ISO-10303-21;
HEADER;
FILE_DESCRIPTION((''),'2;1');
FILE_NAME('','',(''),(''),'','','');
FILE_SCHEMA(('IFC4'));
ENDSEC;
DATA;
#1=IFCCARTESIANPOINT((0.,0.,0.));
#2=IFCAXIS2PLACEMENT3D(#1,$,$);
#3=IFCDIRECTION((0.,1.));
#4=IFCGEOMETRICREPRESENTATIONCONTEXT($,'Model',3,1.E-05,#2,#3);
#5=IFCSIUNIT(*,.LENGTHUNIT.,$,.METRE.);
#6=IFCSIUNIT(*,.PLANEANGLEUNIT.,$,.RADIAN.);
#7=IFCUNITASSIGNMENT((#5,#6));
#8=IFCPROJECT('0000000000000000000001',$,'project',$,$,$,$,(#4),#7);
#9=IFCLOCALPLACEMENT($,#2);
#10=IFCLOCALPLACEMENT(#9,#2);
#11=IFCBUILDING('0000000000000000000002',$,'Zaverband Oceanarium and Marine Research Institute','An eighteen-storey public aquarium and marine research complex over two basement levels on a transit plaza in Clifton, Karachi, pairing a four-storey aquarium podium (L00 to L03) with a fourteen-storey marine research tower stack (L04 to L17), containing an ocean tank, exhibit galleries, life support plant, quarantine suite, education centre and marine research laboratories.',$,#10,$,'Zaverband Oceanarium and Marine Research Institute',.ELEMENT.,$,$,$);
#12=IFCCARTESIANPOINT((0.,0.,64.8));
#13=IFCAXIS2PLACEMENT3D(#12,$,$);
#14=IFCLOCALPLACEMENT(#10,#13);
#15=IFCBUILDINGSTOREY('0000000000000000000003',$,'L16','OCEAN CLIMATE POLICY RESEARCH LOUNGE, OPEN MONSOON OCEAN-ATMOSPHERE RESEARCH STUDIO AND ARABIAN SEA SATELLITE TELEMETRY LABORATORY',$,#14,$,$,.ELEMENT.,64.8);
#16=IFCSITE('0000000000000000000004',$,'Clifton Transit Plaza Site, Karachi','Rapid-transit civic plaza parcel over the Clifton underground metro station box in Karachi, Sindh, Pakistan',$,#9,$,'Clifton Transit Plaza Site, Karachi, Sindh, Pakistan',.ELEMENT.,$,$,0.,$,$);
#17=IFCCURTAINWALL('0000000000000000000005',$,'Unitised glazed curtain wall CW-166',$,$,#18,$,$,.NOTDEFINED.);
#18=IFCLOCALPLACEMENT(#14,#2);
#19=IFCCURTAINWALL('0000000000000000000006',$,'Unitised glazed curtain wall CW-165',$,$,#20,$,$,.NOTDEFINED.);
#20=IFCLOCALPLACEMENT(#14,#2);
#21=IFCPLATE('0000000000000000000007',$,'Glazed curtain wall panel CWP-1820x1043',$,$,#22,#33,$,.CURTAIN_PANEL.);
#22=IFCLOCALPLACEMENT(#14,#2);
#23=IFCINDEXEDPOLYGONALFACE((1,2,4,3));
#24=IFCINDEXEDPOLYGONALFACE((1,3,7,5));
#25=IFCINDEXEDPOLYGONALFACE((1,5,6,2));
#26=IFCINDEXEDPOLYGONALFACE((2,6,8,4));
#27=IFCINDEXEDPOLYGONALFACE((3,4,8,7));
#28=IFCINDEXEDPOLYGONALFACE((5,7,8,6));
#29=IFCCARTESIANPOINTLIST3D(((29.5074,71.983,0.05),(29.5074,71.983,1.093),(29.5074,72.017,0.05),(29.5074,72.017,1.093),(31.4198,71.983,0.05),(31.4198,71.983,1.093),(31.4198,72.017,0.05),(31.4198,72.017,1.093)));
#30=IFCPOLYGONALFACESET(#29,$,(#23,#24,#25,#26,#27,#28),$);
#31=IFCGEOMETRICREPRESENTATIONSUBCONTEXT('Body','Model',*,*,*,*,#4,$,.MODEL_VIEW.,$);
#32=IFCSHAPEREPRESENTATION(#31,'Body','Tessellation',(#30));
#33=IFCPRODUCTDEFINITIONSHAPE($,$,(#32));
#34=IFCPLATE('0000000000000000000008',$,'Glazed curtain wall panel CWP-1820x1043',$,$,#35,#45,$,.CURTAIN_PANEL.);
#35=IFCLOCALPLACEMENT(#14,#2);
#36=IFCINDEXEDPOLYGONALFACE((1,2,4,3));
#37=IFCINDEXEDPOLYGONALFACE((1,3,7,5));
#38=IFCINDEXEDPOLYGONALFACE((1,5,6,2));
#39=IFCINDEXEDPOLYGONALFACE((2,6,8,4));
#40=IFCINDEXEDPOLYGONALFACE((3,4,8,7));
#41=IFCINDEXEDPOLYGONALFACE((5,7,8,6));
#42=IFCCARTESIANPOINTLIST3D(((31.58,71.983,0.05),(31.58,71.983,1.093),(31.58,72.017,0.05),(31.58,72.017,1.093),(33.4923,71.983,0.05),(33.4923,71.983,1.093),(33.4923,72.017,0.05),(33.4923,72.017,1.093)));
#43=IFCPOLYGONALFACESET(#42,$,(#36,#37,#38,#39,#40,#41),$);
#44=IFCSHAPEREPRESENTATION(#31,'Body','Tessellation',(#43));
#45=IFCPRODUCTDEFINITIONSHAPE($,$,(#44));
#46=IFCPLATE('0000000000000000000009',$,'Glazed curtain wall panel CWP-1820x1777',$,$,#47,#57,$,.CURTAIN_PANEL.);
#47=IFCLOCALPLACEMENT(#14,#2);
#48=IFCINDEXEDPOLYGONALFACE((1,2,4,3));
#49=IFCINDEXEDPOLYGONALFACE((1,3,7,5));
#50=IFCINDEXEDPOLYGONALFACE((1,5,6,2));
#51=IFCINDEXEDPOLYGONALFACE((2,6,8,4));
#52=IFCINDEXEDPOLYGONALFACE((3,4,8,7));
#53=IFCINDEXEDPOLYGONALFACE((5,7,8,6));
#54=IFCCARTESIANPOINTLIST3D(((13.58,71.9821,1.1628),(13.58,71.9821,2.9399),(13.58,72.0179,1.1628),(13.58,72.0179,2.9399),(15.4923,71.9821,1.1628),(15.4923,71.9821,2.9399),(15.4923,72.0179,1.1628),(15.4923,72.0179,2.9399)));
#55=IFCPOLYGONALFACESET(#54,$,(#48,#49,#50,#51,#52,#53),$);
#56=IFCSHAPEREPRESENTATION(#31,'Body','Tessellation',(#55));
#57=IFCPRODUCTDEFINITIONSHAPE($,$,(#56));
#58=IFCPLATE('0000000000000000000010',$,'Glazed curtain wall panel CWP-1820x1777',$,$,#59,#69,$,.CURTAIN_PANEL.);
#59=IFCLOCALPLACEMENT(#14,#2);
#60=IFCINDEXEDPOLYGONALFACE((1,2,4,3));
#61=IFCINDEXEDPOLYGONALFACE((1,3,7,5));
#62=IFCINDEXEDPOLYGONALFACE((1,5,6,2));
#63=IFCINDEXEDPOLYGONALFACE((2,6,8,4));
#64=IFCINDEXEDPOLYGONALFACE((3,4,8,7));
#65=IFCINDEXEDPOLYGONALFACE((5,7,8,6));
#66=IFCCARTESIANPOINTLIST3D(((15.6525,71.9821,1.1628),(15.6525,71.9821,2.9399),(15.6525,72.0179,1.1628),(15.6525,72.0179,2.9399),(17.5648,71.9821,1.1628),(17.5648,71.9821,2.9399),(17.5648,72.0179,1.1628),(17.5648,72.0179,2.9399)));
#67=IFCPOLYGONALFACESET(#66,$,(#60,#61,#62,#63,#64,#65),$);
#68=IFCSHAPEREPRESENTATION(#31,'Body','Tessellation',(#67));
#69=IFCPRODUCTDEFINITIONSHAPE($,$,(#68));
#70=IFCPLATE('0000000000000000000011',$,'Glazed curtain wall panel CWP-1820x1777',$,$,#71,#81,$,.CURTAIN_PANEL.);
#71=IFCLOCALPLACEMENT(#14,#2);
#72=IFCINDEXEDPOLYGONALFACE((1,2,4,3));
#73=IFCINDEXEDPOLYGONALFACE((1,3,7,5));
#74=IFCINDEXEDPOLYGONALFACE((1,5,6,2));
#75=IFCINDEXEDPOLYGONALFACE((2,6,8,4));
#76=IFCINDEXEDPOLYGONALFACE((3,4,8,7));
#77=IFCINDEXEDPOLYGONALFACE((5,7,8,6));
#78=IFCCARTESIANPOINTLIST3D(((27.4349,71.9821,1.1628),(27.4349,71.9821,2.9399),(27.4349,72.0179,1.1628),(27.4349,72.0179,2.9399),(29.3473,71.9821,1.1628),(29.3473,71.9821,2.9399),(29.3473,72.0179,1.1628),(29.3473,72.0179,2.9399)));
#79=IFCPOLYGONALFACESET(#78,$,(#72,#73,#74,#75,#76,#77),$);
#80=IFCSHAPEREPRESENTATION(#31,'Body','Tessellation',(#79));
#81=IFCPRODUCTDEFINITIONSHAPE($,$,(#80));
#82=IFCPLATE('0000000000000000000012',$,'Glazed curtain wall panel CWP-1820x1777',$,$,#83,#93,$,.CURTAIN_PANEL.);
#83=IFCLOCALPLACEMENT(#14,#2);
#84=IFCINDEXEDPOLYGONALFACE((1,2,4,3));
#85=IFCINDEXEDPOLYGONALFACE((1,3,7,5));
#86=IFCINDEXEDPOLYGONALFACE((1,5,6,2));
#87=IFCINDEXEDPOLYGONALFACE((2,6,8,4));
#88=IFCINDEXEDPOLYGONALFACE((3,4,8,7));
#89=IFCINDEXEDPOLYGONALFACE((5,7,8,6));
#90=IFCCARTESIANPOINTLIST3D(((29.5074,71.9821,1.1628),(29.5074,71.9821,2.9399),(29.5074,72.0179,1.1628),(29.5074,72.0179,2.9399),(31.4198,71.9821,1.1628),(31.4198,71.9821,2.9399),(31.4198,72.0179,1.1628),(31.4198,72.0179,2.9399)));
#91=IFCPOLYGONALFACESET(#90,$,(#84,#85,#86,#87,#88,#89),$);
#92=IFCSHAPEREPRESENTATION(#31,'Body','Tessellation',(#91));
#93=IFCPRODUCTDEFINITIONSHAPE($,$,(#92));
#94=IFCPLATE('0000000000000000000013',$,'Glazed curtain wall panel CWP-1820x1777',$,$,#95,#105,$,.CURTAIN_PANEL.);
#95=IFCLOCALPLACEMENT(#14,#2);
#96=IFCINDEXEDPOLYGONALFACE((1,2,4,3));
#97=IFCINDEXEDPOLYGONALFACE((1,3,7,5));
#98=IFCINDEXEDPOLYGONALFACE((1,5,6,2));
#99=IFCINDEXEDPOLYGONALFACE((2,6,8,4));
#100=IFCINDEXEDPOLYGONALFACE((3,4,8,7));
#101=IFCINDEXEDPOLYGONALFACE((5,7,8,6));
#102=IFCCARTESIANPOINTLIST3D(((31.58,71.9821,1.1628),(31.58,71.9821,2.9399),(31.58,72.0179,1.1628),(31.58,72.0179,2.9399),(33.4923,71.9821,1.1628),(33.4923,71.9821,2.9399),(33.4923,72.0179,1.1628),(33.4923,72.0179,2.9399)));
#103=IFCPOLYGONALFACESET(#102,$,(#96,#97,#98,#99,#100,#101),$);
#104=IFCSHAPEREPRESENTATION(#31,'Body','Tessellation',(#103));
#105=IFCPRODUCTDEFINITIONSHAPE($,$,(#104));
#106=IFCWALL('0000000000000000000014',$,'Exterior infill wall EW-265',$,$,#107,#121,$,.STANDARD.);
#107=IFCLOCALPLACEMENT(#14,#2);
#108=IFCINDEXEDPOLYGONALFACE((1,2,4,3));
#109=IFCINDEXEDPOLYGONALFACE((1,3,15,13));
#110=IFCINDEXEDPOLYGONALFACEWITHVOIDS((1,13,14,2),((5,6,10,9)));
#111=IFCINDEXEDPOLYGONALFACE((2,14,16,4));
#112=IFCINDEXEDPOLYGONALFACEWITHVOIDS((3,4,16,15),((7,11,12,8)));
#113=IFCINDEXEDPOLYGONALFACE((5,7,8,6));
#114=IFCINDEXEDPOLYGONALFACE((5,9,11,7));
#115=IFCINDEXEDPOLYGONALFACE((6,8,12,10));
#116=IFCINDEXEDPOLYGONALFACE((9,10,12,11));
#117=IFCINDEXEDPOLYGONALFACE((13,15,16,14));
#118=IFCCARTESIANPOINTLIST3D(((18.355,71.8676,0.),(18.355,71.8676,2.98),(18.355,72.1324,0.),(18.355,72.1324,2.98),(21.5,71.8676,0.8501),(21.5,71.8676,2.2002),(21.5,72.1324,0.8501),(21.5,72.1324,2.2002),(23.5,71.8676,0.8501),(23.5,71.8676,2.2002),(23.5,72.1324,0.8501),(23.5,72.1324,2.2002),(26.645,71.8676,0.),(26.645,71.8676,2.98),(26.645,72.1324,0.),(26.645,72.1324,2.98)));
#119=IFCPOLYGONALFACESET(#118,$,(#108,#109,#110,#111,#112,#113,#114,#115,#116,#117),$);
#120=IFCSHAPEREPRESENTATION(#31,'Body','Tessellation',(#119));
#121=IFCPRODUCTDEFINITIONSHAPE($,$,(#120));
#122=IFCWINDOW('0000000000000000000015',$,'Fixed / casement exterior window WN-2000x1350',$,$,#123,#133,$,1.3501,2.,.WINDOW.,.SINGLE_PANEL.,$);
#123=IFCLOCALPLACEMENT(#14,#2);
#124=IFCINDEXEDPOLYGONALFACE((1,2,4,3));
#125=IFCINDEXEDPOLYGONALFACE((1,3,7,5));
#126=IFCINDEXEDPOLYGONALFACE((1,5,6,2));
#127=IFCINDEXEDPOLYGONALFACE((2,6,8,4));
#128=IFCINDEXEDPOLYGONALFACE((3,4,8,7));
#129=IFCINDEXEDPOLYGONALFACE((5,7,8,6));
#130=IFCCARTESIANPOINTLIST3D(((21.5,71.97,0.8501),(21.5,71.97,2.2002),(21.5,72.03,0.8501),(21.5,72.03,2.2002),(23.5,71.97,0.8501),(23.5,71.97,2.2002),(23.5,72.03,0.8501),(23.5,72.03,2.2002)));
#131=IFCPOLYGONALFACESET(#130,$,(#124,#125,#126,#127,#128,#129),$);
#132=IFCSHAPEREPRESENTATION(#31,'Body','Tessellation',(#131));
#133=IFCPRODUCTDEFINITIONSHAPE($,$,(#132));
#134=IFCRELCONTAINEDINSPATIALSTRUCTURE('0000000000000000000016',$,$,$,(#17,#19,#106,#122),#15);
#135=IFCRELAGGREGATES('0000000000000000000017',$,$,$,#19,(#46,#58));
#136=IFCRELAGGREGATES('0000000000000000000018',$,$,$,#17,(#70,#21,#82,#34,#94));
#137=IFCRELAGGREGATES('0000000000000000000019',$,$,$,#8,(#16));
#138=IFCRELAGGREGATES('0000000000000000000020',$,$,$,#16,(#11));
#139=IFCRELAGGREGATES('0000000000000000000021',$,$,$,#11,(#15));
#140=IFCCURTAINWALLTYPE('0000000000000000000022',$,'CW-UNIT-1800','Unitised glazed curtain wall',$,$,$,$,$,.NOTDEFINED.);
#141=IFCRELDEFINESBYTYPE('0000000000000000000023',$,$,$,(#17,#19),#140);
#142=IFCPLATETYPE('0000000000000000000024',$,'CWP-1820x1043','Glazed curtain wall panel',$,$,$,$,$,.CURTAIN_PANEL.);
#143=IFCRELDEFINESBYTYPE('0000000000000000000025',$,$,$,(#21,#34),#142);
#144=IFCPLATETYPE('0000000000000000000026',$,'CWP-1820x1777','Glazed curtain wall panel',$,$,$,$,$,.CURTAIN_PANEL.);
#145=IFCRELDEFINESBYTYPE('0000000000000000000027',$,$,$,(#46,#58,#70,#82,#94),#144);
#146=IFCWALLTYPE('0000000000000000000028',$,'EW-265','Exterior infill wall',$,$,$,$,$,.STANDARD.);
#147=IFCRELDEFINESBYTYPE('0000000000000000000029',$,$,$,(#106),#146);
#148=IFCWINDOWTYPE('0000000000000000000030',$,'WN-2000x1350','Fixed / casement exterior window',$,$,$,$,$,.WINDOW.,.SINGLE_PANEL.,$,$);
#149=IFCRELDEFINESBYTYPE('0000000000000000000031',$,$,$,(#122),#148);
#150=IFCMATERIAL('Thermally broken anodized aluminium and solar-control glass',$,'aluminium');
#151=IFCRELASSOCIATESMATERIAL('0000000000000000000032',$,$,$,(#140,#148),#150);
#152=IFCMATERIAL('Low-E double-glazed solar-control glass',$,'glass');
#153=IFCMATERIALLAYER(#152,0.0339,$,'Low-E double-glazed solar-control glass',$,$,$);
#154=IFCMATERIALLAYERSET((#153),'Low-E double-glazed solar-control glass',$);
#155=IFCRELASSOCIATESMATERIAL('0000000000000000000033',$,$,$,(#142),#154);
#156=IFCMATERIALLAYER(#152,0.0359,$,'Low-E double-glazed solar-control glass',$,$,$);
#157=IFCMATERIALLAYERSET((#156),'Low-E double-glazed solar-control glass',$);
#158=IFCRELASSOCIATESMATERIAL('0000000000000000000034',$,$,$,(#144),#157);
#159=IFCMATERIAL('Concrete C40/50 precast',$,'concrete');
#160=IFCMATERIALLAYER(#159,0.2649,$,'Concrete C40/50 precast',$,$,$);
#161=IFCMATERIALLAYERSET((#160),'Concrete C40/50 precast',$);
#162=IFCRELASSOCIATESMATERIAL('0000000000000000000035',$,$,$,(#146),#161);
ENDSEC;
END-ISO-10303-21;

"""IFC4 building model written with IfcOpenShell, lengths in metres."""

from ifc_helpers import new_model, si_unit, direction, frame, frame_2d, origin, place, context, subcontext, project, spatial, rectangle, extrude, material, layer, layer_set, type_object, element, fill, aggregate, save


model = new_model("IFC4")

# Units and contexts
model_context = context("Model", 3, precision=1e-05, world=origin(), true_north=direction((0.0, 1.0)))
body_context = subcontext(model_context, "Body", "Model", "MODEL_VIEW")
ifc_project = project(units=[si_unit("LENGTHUNIT", "METRE"), si_unit("PLANEANGLEUNIT", "RADIAN")], contexts=[model_context])

# Site, building, storey
site_placement = place(None, origin())
site = spatial("IfcSite", under=ifc_project, at=site_placement, Name="Clifton Transit Plaza Site, Karachi", Description="Rapid-transit civic plaza parcel over the Clifton underground metro station box in Karachi, Sindh, Pakistan", LongName="Clifton Transit Plaza Site, Karachi, Sindh, Pakistan", CompositionType="ELEMENT", RefElevation=0.0)
building_placement = place(site_placement, origin())
building = spatial("IfcBuilding", under=site, at=building_placement, Name="Zaverband Oceanarium and Marine Research Institute", Description="An eighteen-storey public aquarium and marine research complex over two basement levels on a transit plaza in Clifton, Karachi, pairing a four-storey aquarium podium (L00 to L03) with a fourteen-storey marine research tower stack (L04 to L17), containing an ocean tank, exhibit galleries, life support plant, quarantine suite, education centre and marine research laboratories.", LongName="Zaverband Oceanarium and Marine Research Institute", CompositionType="ELEMENT")
storey_placement = place(building_placement, frame((0.0, 0.0, 64.8)))
storey = spatial("IfcBuildingStorey", under=building, at=storey_placement, Name="L16", Description="OCEAN CLIMATE POLICY RESEARCH LOUNGE, OPEN MONSOON OCEAN-ATMOSPHERE RESEARCH STUDIO AND ARABIAN SEA SATELLITE TELEMETRY LABORATORY", CompositionType="ELEMENT", Elevation=64.8)

# Curtain wall
ifc_material_1 = material(Name="Thermally broken anodized aluminium and solar-control glass", Category="aluminium")
curtain_wall_type = type_object("IfcCurtainWallType", Name="CW-UNIT-1800", Description="Unitised glazed curtain wall", PredefinedType="NOTDEFINED", material=ifc_material_1)
curtain_wall_1_placement = place(storey_placement, origin())
curtain_wall_1 = element("IfcCurtainWall", 1, at=curtain_wall_1_placement, inside=storey, type_object=curtain_wall_type, Name="Unitised glazed curtain wall CW-166", PredefinedType="NOTDEFINED")

# Shared definitions
ifc_material_2 = material(Name="Low-E double-glazed solar-control glass", Category="glass")

# Curtain wall
curtain_wall_2_placement = place(storey_placement, origin())
curtain_wall_2 = element("IfcCurtainWall", 2, at=curtain_wall_2_placement, inside=storey, type_object=curtain_wall_type, Name="Unitised glazed curtain wall CW-165", PredefinedType="NOTDEFINED")
ifc_layer_1 = layer(ifc_material_2, 0.0339, Name="Low-E double-glazed solar-control glass")
ifc_layer_set_1 = layer_set([ifc_layer_1], Name="Low-E double-glazed solar-control glass")
plate_type_1 = type_object("IfcPlateType", Name="CWP-1820x1043", Description="Glazed curtain wall panel", PredefinedType="CURTAIN_PANEL", material=ifc_layer_set_1)

# Plates
plate_1_placement = place(storey_placement, frame((29.5076, 72.0, 0.05), z_axis=(0.0, 0.0, 1.0), x_axis=(1.0, 0.0, 0.0)))
plate_1 = element("IfcPlate", 3, at=plate_1_placement, type_object=plate_type_1, Name="Glazed curtain wall panel CWP-1820x1043", PredefinedType="CURTAIN_PANEL", context=body_context, shape_type="SweptSolid", body=[
    extrude(rectangle(XDim=1.9124, YDim=0.0339, at=frame_2d((0.9561, 0.0))), origin(), (0.0, 0.0, 1.0), 1.043),
])
plate_2_placement = place(storey_placement, frame((31.5801, 72.0, 0.05), z_axis=(0.0, 0.0, 1.0), x_axis=(1.0, 0.0, 0.0)))
plate_2 = element("IfcPlate", 4, at=plate_2_placement, type_object=plate_type_1, Name="Glazed curtain wall panel CWP-1820x1043", PredefinedType="CURTAIN_PANEL", context=body_context, shape_type="SweptSolid", body=[
    extrude(rectangle(XDim=1.9124, YDim=0.0339, at=frame_2d((0.9561, 0.0))), origin(), (0.0, 0.0, 1.0), 1.043),
])
ifc_layer_2 = layer(ifc_material_2, 0.0359, Name="Low-E double-glazed solar-control glass")
ifc_layer_set_2 = layer_set([ifc_layer_2], Name="Low-E double-glazed solar-control glass")
plate_type_2 = type_object("IfcPlateType", Name="CWP-1820x1777", Description="Glazed curtain wall panel", PredefinedType="CURTAIN_PANEL", material=ifc_layer_set_2)
plate_3_placement = place(storey_placement, frame((13.5801, 72.0, 1.1628), z_axis=(0.0, 0.0, 1.0), x_axis=(1.0, 0.0, 0.0)))
plate_3 = element("IfcPlate", 5, at=plate_3_placement, type_object=plate_type_2, Name="Glazed curtain wall panel CWP-1820x1777", PredefinedType="CURTAIN_PANEL", context=body_context, shape_type="SweptSolid", body=[
    extrude(rectangle(XDim=1.9124, YDim=0.0359, at=frame_2d((0.9561, 0.0))), origin(), (0.0, 0.0, 1.0), 1.7771),
])
plate_4_placement = place(storey_placement, frame((15.6526, 72.0, 1.1628), z_axis=(0.0, 0.0, 1.0), x_axis=(1.0, 0.0, 0.0)))
plate_4 = element("IfcPlate", 6, at=plate_4_placement, type_object=plate_type_2, Name="Glazed curtain wall panel CWP-1820x1777", PredefinedType="CURTAIN_PANEL", context=body_context, shape_type="SweptSolid", body=[
    extrude(rectangle(XDim=1.9124, YDim=0.0359, at=frame_2d((0.9561, 0.0))), origin(), (0.0, 0.0, 1.0), 1.7771),
])
aggregate(curtain_wall_2, [plate_3, plate_4])
plate_5_placement = place(storey_placement, frame((27.4351, 72.0, 1.1628), z_axis=(0.0, 0.0, 1.0), x_axis=(1.0, 0.0, 0.0)))
plate_5 = element("IfcPlate", 7, at=plate_5_placement, type_object=plate_type_2, Name="Glazed curtain wall panel CWP-1820x1777", PredefinedType="CURTAIN_PANEL", context=body_context, shape_type="SweptSolid", body=[
    extrude(rectangle(XDim=1.9124, YDim=0.0359, at=frame_2d((0.9561, 0.0))), origin(), (0.0, 0.0, 1.0), 1.7771),
])
plate_6_placement = place(storey_placement, frame((29.5076, 72.0, 1.1628), z_axis=(0.0, 0.0, 1.0), x_axis=(1.0, 0.0, 0.0)))
plate_6 = element("IfcPlate", 8, at=plate_6_placement, type_object=plate_type_2, Name="Glazed curtain wall panel CWP-1820x1777", PredefinedType="CURTAIN_PANEL", context=body_context, shape_type="SweptSolid", body=[
    extrude(rectangle(XDim=1.9124, YDim=0.0359, at=frame_2d((0.9561, 0.0))), origin(), (0.0, 0.0, 1.0), 1.7771),
])
plate_7_placement = place(storey_placement, frame((31.5801, 72.0, 1.1628), z_axis=(0.0, 0.0, 1.0), x_axis=(1.0, 0.0, 0.0)))
plate_7 = element("IfcPlate", 9, at=plate_7_placement, type_object=plate_type_2, Name="Glazed curtain wall panel CWP-1820x1777", PredefinedType="CURTAIN_PANEL", context=body_context, shape_type="SweptSolid", body=[
    extrude(rectangle(XDim=1.9124, YDim=0.0359, at=frame_2d((0.9561, 0.0))), origin(), (0.0, 0.0, 1.0), 1.7771),
])
aggregate(curtain_wall_1, [plate_5, plate_1, plate_6, plate_2, plate_7])

# Wall, opening, window
ifc_material_3 = material(Name="Concrete C40/50 precast", Category="concrete")
ifc_layer_3 = layer(ifc_material_3, 0.2649, Name="Concrete C40/50 precast")
ifc_layer_set_3 = layer_set([ifc_layer_3], Name="Concrete C40/50 precast")
wall_type = type_object("IfcWallType", Name="EW-265", Description="Exterior infill wall", PredefinedType="STANDARD", material=ifc_layer_set_3)
wall_placement = place(storey_placement, frame((18.355, 72.0, 0.0), z_axis=(0.0, 0.0, 1.0), x_axis=(1.0, 0.0, 0.0)))
wall = element("IfcWall", 10, at=wall_placement, inside=storey, type_object=wall_type, Name="Exterior infill wall EW-265", PredefinedType="STANDARD", context=body_context, shape_type="SweptSolid", body=[
    extrude(rectangle(XDim=8.29, YDim=0.2649, at=frame_2d((4.145, 0.0))), origin(), (0.0, 0.0, 1.0), 2.98),
])
opening_placement = place(wall_placement, frame((3.145, 0.0, 0.8501)))
opening = element("IfcOpeningElement", 11, at=opening_placement, cuts=wall, PredefinedType="OPENING", context=body_context, shape_type="SweptSolid", body=[
    extrude(rectangle(XDim=2.0, YDim=1.3501, at=frame_2d((1.0, 0.675))), frame((0.0, 0.1445, 0.0), z_axis=(0.0, -1.0, 0.0), x_axis=(1.0, 0.0, 0.0)), (0.0, 0.0, 1.0), 0.2888),
])
window_type = type_object("IfcWindowType", Name="WN-2000x1350", Description="Fixed / casement exterior window", PartitioningType="SINGLE_PANEL", PredefinedType="WINDOW", material=ifc_material_1)
window_placement = place(opening_placement, origin())
window = element("IfcWindow", 12, at=window_placement, inside=storey, type_object=window_type, Name="Fixed / casement exterior window WN-2000x1350", OverallHeight=1.3501, OverallWidth=2.0, PartitioningType="SINGLE_PANEL", PredefinedType="WINDOW", context=body_context, shape_type="SweptSolid", body=[
    extrude(rectangle(XDim=2.0, YDim=1.3501, at=frame_2d((1.0, 0.675))), frame((0.0, 0.03, 0.0), z_axis=(0.0, -1.0, 0.0), x_axis=(1.0, 0.0, 0.0)), (0.0, 0.0, 1.0), 0.0601),
])
fill(opening, window)

save(model, "model.ifc")
